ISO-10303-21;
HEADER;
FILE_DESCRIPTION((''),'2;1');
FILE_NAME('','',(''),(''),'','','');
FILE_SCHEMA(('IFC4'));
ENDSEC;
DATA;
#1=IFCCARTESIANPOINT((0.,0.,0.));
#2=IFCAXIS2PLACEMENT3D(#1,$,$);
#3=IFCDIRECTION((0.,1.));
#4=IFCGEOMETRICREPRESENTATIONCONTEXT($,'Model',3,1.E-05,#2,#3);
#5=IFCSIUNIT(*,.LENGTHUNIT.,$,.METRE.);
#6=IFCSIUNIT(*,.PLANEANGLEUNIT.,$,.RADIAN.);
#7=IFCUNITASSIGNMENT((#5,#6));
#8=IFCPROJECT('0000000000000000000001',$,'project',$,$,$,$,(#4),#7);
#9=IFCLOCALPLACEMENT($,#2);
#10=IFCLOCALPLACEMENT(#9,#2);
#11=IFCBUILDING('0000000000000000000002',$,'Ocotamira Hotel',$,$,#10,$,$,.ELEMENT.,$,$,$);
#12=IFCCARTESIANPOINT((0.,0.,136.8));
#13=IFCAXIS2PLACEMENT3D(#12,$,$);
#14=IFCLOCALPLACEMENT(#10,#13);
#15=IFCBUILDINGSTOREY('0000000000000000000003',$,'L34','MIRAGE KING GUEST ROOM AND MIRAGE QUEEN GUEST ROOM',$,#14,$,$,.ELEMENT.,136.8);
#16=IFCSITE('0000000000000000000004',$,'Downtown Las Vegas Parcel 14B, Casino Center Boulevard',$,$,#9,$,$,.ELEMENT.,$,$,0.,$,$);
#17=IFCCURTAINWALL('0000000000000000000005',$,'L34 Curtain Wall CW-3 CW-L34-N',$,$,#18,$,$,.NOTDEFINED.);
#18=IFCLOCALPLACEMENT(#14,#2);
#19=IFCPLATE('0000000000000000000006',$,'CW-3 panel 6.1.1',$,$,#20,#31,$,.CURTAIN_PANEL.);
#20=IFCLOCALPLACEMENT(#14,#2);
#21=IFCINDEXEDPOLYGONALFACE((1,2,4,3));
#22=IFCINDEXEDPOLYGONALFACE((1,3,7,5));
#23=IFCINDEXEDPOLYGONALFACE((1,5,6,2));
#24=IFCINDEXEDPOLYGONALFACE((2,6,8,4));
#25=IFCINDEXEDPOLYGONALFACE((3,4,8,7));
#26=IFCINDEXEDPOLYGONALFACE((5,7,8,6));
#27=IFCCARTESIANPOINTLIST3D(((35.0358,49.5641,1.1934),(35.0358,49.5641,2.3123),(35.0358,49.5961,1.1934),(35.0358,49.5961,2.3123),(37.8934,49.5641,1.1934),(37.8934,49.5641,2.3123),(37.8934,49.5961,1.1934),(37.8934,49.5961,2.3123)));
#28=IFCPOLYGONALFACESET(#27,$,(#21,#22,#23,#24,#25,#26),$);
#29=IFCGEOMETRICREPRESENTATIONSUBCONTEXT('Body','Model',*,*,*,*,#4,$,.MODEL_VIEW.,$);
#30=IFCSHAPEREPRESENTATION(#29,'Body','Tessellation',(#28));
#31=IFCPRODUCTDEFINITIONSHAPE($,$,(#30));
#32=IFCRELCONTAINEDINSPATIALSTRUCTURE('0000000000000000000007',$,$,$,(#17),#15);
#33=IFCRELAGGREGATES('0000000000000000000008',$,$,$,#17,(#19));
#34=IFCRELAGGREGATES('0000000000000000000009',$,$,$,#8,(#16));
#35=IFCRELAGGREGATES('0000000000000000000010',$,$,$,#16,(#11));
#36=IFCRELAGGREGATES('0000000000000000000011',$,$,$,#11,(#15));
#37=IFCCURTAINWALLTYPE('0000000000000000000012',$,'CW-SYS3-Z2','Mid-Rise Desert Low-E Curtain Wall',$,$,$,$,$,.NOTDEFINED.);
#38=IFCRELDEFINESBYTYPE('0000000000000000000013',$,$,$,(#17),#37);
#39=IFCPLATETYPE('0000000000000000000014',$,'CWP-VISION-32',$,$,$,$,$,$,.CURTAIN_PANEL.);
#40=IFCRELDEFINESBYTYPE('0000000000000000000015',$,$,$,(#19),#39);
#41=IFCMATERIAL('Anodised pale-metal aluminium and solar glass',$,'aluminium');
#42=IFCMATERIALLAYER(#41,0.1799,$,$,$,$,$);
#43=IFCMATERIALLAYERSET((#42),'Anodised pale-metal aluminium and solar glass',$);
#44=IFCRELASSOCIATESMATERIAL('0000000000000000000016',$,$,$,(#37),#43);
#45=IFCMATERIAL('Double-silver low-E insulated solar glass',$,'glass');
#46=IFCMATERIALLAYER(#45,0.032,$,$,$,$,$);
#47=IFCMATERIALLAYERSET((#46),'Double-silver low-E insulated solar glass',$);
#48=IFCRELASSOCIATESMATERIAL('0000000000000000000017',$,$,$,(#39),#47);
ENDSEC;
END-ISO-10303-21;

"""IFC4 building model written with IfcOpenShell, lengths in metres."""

from ifc_helpers import new_model, si_unit, direction, frame, origin, origin_2d, place, context, subcontext, project, spatial, rectangle, extrude, source, transform, mapped, material, layer, layer_set, type_object, element, aggregate, save


model = new_model("IFC4")

# Units and contexts
model_context = context("Model", 3, precision=1e-05, world=origin(), true_north=direction((0.0, 1.0)))
body_context = subcontext(model_context, "Body", "Model", "MODEL_VIEW")
ifc_project = project(units=[si_unit("LENGTHUNIT", "METRE"), si_unit("PLANEANGLEUNIT", "RADIAN")], contexts=[model_context])

# Site, building, storey
site_placement = place(None, origin())
site = spatial("IfcSite", under=ifc_project, at=site_placement, Name="Downtown Las Vegas Parcel 14B, Casino Center Boulevard", CompositionType="ELEMENT", RefElevation=0.0)
building_placement = place(site_placement, origin())
building = spatial("IfcBuilding", under=site, at=building_placement, Name="Ocotamira Hotel", CompositionType="ELEMENT")
storey_placement = place(building_placement, frame((0.0, 0.0, 136.8)))
storey = spatial("IfcBuildingStorey", under=building, at=storey_placement, Name="L34", Description="MIRAGE KING GUEST ROOM AND MIRAGE QUEEN GUEST ROOM", CompositionType="ELEMENT", Elevation=136.8)

# Curtain wall
ifc_material_1 = material(Name="Anodised pale-metal aluminium and solar glass", Category="aluminium")
ifc_layer_1 = layer(ifc_material_1, 0.1799)
ifc_layer_set_1 = layer_set([ifc_layer_1], Name="Anodised pale-metal aluminium and solar glass")
curtain_wall_type = type_object("IfcCurtainWallType", Name="CW-SYS3-Z2", Description="Mid-Rise Desert Low-E Curtain Wall", PredefinedType="NOTDEFINED", material=ifc_layer_set_1)
curtain_wall_placement = place(storey_placement, origin())
curtain_wall = element("IfcCurtainWall", 1, at=curtain_wall_placement, inside=storey, type_object=curtain_wall_type, Name="L34 Curtain Wall CW-3 CW-L34-N", PredefinedType="NOTDEFINED")

# Plate
ifc_material_2 = material(Name="Double-silver low-E insulated solar glass", Category="glass")
ifc_layer_2 = layer(ifc_material_2, 0.032)
ifc_layer_set_2 = layer_set([ifc_layer_2], Name="Double-silver low-E insulated solar glass")
plate_type_1 = type_object("IfcPlateType", Name="CWP-VISION-32", PredefinedType="CURTAIN_PANEL", material=ifc_layer_set_2)
shared_shape_1 = source(origin(), body_context, "Body", "SweptSolid", [
    extrude(rectangle(XDim=2.8577, YDim=0.032, at=origin_2d()), origin(), (0.0, 0.0, 1.0), 1.1189),
])
plate_1_placement = place(storey_placement, frame((36.4646, 49.5801, 1.1934), z_axis=(0.0, 0.0, 1.0), x_axis=(1.0, 0.0, 0.0)))
plate_1 = element("IfcPlate", 2, at=plate_1_placement, type_object=plate_type_1, Name="CW-3 panel 6.1.1", PredefinedType="CURTAIN_PANEL", context=body_context, shape_type="MappedRepresentation", body=[
    mapped(shared_shape_1, transform((0.0, 0.0, 0.0), scale=1.0)),
])
aggregate(curtain_wall, [plate_1])

save(model, "model.ifc")
